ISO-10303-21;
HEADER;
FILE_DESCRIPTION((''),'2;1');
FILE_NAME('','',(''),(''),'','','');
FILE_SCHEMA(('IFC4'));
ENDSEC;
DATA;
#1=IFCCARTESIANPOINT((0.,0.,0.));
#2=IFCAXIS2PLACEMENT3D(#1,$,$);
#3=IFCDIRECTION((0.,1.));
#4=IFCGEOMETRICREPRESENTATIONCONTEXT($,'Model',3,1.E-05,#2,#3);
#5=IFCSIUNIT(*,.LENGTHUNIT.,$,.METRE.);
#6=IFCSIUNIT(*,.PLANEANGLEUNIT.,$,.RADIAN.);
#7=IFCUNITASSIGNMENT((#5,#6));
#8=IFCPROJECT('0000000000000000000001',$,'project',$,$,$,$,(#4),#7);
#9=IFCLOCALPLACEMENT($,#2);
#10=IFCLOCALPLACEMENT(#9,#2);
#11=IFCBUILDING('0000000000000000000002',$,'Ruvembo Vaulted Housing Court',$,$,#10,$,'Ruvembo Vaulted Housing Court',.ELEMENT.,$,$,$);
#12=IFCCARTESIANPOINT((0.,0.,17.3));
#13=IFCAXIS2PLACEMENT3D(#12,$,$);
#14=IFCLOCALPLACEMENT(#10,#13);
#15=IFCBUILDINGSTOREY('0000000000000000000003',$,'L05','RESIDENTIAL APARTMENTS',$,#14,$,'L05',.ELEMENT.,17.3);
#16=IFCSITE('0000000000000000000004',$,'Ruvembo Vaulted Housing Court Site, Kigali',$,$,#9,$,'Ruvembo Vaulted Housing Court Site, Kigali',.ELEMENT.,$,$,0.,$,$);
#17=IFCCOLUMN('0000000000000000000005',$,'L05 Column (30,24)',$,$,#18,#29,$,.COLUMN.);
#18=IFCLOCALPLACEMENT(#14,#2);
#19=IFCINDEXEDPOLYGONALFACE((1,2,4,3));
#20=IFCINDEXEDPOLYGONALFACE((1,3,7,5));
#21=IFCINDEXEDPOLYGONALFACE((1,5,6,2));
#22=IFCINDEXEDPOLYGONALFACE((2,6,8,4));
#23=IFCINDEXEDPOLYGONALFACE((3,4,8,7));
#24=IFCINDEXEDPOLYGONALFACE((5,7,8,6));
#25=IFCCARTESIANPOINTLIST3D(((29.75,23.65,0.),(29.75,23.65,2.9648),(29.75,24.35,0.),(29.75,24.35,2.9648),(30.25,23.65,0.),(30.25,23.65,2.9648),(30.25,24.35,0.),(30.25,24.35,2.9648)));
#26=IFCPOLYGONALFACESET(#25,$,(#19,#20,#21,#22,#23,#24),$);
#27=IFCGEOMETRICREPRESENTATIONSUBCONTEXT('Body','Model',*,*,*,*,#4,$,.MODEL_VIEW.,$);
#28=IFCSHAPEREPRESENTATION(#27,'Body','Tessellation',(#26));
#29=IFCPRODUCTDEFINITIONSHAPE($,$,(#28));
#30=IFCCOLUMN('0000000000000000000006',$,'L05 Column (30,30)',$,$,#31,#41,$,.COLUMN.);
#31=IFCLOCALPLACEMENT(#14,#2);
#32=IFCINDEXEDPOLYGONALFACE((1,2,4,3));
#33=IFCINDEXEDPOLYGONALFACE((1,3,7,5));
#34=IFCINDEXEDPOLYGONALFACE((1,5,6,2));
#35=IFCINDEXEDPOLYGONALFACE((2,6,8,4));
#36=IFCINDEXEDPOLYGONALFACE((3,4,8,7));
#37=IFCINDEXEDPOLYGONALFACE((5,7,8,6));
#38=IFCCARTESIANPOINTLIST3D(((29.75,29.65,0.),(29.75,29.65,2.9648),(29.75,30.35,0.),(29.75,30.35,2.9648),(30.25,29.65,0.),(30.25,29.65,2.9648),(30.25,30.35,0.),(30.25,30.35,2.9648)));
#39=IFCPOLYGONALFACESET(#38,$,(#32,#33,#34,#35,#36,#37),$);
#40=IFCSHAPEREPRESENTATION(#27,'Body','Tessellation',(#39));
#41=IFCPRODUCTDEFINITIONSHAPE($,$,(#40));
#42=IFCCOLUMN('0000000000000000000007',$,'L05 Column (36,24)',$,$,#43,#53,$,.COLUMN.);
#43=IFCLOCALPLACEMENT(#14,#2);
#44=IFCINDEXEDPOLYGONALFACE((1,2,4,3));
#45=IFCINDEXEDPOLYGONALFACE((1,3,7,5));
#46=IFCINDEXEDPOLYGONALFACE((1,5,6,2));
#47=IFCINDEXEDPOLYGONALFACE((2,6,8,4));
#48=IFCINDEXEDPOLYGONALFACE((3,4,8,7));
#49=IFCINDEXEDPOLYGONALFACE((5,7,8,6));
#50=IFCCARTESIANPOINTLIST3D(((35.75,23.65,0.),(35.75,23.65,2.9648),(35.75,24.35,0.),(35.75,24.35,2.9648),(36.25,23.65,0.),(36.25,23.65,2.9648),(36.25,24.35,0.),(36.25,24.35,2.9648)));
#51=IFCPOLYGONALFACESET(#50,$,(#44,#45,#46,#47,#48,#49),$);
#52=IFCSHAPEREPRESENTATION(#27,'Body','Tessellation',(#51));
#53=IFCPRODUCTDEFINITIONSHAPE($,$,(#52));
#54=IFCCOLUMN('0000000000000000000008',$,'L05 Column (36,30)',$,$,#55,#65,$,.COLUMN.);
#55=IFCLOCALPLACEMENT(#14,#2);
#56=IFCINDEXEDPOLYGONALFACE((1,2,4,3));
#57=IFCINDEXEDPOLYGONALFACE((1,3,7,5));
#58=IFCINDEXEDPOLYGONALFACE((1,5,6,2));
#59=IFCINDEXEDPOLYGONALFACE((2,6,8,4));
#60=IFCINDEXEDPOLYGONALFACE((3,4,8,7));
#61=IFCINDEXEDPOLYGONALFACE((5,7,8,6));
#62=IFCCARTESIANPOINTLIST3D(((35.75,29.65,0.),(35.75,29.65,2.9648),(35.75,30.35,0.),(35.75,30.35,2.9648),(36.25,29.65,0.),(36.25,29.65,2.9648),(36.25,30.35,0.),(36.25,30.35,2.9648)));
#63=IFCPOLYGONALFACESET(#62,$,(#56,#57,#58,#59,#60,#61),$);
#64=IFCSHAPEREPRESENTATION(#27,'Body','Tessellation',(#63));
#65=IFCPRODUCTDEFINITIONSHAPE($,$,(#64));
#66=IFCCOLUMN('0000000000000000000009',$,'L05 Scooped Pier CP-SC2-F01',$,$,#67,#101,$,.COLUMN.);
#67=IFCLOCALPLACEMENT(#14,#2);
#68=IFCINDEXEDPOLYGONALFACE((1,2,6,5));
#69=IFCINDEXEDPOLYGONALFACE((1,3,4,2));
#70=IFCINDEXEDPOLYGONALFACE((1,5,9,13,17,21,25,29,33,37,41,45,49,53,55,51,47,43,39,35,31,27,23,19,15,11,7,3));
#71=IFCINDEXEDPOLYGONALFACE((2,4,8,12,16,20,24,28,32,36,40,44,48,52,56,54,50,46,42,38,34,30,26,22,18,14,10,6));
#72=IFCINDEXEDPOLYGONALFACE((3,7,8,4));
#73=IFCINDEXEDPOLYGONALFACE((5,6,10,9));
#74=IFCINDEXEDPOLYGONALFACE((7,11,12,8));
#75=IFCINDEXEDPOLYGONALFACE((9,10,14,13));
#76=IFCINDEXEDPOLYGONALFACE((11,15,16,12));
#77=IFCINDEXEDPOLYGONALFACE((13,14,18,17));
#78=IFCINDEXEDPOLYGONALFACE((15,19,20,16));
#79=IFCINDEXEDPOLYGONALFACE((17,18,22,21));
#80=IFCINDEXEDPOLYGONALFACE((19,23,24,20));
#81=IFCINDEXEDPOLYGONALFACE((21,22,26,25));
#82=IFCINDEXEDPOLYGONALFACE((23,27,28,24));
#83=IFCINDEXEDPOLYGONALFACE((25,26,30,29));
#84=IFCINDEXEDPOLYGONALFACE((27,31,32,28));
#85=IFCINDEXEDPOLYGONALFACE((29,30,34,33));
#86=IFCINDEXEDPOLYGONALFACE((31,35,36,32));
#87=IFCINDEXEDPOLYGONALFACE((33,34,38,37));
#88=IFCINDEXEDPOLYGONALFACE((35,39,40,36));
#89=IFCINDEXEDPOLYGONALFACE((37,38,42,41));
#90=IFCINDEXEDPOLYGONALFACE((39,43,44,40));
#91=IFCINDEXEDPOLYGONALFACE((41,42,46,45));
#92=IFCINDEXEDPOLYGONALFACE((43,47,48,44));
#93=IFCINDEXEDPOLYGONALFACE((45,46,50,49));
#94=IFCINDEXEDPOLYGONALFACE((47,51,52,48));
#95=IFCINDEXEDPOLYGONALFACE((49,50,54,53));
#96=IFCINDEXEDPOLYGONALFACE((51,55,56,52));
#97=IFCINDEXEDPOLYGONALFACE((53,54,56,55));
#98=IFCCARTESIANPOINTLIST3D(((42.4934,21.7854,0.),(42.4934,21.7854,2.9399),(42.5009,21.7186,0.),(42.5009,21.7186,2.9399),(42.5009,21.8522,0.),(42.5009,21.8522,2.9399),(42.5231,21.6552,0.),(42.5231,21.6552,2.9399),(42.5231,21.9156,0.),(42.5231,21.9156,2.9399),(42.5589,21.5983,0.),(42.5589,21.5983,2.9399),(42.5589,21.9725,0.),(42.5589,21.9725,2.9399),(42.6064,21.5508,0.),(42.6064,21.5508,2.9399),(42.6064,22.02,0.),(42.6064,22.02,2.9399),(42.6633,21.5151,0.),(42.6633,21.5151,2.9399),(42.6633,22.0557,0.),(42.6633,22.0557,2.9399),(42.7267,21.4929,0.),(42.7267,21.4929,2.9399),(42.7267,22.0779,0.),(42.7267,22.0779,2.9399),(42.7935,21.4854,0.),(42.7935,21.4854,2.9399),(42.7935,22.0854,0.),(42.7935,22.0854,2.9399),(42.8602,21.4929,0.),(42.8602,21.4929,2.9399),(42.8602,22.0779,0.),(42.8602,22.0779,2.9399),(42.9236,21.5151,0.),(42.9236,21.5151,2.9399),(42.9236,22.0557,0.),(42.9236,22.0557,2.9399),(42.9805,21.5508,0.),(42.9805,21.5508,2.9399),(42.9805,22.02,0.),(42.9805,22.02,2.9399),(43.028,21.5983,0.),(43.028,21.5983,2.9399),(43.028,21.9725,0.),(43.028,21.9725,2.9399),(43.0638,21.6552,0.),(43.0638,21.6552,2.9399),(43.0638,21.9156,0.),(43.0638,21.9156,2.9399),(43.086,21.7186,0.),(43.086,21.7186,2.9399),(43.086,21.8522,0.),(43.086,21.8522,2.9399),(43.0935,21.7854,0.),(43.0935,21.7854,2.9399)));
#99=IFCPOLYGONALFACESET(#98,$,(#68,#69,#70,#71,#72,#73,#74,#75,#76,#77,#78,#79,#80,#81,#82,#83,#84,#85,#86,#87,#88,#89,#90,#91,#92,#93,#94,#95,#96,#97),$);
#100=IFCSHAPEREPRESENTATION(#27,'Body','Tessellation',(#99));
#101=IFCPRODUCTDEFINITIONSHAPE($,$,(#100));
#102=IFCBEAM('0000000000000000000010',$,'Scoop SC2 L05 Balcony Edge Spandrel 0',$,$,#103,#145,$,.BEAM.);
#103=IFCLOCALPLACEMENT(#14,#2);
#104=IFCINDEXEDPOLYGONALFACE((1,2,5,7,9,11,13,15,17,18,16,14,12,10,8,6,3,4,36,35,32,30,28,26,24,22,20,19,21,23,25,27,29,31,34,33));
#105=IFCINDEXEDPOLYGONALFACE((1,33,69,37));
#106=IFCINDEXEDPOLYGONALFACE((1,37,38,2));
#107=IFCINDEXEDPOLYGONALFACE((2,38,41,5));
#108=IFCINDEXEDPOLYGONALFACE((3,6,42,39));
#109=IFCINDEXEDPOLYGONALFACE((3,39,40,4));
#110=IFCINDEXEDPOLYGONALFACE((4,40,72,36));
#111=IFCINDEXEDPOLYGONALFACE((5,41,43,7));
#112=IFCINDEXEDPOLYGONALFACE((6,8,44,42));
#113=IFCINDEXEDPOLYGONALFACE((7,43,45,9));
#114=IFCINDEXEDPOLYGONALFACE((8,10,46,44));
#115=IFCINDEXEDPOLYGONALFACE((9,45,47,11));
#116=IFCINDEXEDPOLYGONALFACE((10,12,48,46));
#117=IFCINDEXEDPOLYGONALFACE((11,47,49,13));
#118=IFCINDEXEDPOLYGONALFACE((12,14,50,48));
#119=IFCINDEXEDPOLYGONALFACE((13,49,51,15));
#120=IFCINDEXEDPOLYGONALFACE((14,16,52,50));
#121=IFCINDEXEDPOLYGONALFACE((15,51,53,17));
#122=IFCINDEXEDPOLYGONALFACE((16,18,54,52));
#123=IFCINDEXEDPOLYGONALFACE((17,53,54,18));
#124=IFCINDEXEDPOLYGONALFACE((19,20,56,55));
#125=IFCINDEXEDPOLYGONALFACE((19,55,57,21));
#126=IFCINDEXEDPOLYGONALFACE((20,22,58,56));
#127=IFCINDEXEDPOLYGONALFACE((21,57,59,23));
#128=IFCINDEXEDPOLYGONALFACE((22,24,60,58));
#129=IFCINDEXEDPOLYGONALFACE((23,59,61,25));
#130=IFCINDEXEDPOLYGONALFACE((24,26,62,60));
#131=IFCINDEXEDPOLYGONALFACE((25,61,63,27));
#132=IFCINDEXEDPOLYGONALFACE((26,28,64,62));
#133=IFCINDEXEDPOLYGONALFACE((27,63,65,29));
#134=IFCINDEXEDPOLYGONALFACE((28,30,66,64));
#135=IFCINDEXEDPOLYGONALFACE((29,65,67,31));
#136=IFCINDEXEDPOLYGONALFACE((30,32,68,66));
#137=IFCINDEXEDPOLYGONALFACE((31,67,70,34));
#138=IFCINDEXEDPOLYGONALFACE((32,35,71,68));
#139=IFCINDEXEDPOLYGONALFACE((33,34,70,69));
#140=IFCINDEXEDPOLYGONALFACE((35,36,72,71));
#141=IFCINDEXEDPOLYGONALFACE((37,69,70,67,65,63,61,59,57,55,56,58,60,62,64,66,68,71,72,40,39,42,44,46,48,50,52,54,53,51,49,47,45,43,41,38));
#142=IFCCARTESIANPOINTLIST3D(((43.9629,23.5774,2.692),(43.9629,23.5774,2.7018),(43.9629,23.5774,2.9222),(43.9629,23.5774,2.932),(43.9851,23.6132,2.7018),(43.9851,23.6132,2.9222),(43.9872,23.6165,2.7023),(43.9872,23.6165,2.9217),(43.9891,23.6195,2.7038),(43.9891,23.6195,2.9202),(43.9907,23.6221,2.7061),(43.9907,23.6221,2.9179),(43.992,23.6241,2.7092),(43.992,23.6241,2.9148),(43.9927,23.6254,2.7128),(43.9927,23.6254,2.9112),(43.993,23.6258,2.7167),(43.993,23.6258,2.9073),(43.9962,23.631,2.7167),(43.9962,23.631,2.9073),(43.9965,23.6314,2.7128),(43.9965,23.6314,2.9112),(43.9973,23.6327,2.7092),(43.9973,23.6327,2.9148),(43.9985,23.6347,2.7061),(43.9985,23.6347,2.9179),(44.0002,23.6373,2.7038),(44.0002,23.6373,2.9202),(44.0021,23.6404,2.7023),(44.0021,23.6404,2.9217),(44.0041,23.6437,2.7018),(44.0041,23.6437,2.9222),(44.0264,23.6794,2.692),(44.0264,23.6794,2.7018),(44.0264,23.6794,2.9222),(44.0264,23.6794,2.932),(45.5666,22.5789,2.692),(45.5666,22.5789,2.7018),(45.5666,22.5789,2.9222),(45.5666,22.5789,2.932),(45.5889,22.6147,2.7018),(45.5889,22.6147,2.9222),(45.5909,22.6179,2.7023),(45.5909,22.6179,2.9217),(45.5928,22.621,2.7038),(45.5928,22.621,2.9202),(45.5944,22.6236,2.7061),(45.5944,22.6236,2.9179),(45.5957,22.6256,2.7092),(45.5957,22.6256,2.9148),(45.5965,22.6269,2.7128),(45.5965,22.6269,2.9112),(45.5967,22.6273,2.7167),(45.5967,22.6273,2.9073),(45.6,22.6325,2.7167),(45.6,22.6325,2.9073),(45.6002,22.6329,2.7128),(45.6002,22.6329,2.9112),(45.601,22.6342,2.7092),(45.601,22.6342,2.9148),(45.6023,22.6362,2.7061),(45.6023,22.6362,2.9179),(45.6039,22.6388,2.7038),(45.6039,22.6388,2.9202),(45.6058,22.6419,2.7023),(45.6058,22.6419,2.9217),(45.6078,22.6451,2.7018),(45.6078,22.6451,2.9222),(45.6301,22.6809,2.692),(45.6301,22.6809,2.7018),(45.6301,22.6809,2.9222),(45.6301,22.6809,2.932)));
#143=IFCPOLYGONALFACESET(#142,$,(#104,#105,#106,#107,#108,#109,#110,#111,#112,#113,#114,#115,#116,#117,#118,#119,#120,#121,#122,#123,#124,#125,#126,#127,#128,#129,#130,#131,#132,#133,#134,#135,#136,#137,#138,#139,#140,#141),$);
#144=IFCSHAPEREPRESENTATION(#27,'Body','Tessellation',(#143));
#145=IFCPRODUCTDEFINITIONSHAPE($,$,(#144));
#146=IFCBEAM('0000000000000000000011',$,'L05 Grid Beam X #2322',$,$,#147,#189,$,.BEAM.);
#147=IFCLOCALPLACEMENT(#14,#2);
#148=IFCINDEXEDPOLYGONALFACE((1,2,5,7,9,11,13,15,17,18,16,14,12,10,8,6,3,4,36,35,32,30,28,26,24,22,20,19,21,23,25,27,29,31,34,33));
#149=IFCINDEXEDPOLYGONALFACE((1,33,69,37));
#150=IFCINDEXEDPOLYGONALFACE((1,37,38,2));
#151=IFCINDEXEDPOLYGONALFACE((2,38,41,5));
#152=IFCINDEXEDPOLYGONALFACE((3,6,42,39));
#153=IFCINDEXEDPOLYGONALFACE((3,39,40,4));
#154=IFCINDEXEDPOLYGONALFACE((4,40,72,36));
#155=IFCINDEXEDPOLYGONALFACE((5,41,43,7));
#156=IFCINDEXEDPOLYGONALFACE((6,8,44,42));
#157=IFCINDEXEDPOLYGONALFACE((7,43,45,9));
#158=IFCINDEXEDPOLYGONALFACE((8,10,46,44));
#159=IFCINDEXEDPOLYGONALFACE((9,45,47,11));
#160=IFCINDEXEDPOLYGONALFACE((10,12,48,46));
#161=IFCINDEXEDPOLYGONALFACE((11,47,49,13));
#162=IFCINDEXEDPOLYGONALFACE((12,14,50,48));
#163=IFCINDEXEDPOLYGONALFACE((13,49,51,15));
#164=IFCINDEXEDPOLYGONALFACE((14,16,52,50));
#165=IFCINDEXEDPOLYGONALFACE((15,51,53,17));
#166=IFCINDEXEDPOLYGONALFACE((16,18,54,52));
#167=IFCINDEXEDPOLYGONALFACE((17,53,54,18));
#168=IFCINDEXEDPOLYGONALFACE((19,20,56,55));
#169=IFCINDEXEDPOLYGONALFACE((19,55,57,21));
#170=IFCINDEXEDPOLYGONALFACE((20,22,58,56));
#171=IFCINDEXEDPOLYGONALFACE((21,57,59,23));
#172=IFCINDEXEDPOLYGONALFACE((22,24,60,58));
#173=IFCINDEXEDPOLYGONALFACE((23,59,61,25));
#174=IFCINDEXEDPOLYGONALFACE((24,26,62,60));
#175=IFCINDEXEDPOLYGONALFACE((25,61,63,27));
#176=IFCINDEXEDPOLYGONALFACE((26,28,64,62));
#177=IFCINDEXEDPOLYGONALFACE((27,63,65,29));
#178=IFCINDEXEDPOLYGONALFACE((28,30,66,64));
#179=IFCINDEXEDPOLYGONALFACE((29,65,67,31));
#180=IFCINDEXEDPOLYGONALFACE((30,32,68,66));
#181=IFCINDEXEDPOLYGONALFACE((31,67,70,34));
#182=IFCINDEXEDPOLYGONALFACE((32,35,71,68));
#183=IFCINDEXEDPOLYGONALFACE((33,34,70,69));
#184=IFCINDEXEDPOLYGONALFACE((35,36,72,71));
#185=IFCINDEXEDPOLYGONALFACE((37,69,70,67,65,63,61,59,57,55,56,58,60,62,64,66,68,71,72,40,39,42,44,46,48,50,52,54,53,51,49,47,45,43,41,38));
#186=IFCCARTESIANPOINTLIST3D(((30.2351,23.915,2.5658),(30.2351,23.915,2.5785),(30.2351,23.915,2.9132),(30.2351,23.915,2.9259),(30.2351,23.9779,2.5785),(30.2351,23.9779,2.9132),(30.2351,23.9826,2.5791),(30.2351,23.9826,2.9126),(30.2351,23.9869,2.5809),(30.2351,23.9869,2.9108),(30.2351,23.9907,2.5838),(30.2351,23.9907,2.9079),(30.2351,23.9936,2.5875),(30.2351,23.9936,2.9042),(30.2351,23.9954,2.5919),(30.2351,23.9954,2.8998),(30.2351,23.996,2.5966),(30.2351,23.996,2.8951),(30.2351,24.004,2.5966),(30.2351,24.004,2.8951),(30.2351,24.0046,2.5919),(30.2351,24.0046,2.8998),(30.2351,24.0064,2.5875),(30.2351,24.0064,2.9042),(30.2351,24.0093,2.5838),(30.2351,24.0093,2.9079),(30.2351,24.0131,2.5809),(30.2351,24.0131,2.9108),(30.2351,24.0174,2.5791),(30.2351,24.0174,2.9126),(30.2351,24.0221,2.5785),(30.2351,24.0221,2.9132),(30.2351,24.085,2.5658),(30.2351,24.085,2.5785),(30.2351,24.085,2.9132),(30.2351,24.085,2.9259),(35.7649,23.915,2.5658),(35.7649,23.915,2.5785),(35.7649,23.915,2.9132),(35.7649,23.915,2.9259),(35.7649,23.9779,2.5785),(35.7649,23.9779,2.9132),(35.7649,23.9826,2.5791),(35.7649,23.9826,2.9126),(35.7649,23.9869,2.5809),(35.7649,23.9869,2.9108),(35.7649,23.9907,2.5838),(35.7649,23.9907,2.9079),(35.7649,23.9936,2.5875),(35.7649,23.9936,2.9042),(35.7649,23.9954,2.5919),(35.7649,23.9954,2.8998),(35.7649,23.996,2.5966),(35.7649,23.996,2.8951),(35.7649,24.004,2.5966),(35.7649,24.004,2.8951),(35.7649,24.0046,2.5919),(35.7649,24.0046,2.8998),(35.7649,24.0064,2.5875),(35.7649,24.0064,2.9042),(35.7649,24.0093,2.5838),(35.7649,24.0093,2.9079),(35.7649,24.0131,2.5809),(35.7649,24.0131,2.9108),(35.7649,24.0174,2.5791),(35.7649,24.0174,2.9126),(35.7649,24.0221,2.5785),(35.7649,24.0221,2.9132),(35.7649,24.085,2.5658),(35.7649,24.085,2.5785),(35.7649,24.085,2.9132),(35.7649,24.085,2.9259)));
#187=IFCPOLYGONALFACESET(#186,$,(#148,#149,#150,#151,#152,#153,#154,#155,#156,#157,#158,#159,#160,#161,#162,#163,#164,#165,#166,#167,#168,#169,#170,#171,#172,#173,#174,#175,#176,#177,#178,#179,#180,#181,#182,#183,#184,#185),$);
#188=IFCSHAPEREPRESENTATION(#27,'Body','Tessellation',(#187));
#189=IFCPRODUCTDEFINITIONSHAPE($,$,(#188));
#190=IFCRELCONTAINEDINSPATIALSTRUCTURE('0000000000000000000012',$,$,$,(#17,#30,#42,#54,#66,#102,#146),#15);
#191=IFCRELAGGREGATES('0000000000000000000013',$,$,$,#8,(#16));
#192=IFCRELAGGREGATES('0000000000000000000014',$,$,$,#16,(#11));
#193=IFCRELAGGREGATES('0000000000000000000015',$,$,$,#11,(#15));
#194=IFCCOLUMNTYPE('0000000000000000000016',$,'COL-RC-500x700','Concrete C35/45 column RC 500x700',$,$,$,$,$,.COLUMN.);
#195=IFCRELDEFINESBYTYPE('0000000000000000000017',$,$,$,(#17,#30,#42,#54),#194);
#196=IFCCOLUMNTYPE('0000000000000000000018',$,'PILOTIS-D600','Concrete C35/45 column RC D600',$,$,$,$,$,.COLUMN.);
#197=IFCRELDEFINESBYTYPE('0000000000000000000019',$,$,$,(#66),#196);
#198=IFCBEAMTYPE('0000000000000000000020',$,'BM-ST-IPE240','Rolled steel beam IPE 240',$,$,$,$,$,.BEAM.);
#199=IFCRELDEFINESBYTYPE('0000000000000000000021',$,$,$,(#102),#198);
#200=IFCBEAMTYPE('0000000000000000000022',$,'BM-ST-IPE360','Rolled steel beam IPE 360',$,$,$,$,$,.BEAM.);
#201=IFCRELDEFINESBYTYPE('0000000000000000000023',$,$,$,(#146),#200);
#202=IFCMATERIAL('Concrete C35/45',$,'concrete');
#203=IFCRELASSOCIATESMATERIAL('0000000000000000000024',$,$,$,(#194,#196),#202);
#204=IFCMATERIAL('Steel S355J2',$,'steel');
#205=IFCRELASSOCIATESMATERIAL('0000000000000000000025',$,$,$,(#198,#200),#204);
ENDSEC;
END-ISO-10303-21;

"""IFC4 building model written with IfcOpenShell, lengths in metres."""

from ifc_helpers import new_model, si_unit, direction, frame, origin, origin_2d, place, context, subcontext, project, spatial, rectangle, circle, i_section, extrude, material, material_profile, profile_set, type_object, element, save


model = new_model("IFC4")

# Units and contexts
model_context = context("Model", 3, precision=1e-05, world=origin(), true_north=direction((0.0, 1.0)))
body_context = subcontext(model_context, "Body", "Model", "MODEL_VIEW")
ifc_project = project(units=[si_unit("LENGTHUNIT", "METRE"), si_unit("PLANEANGLEUNIT", "RADIAN")], contexts=[model_context])

# Site, building, storey
site_placement = place(None, origin())
site = spatial("IfcSite", under=ifc_project, at=site_placement, Name="Ruvembo Vaulted Housing Court Site, Kigali", LongName="Ruvembo Vaulted Housing Court Site, Kigali", CompositionType="ELEMENT", RefElevation=0.0)
building_placement = place(site_placement, origin())
building = spatial("IfcBuilding", under=site, at=building_placement, Name="Ruvembo Vaulted Housing Court", LongName="Ruvembo Vaulted Housing Court", CompositionType="ELEMENT")
storey_placement = place(building_placement, frame((0.0, 0.0, 17.3)))
storey = spatial("IfcBuildingStorey", under=building, at=storey_placement, Name="L05", Description="RESIDENTIAL APARTMENTS", LongName="L05", CompositionType="ELEMENT", Elevation=17.3)

# Columns
ifc_material_1 = material(Name="Concrete C35/45", Category="concrete")
ifc_material_profile_1 = material_profile(ifc_material_1, rectangle(XDim=0.5, YDim=0.7, at=origin_2d()), Name="RC 500x700")
ifc_profile_set_1 = profile_set([ifc_material_profile_1], Name="Concrete C35/45")
column_type_1 = type_object("IfcColumnType", Name="COL-RC-500x700", Description="Concrete C35/45 column RC 500x700", PredefinedType="COLUMN", material=ifc_profile_set_1)
for number, where, z_axis, x_axis, name in (
    (1, (30.0, 24.0, 0.0), (0.0, 0.0, 1.0), (1.0, 0.0, 0.0), "L05 Column (30,24)"),
    (2, (30.0, 30.0, 0.0), (0.0, 0.0, 1.0), (1.0, 0.0, 0.0), "L05 Column (30,30)"),
    (3, (36.0, 24.0, 0.0), (0.0, 0.0, 1.0), (1.0, 0.0, 0.0), "L05 Column (36,24)"),
    (4, (36.0, 30.0, 0.0), (0.0, 0.0, 1.0), (1.0, 0.0, 0.0), "L05 Column (36,30)"),
):
    element("IfcColumn", number, at=place(storey_placement, frame(where, z_axis=z_axis, x_axis=x_axis)), inside=storey, type_object=column_type_1, Name=name, PredefinedType="COLUMN", context=body_context, shape_type="SweptSolid", body=[
        extrude(rectangle(XDim=0.5, YDim=0.7, at=origin_2d()), origin(), (0.0, 0.0, 1.0), 2.9648),
    ])
ifc_material_profile_2 = material_profile(ifc_material_1, circle(Radius=0.3, at=origin_2d()), Name="RC D600")
ifc_profile_set_2 = profile_set([ifc_material_profile_2], Name="Concrete C35/45")
column_type_2 = type_object("IfcColumnType", Name="PILOTIS-D600", Description="Concrete C35/45 column RC D600", PredefinedType="COLUMN", material=ifc_profile_set_2)
column_placement = place(storey_placement, frame((42.7935, 21.7854, 0.0), z_axis=(0.0, 0.0, 1.0), x_axis=(1.0, 0.0, 0.0)))
element("IfcColumn", 5, at=column_placement, inside=storey, type_object=column_type_2, Name="L05 Scooped Pier CP-SC2-F01", PredefinedType="COLUMN", context=body_context, shape_type="SweptSolid", body=[
    extrude(circle(Radius=0.3, at=origin_2d()), origin(), (0.0, 0.0, 1.0), 2.9399),
])

# Beams
ifc_material_2 = material(Name="Steel S355J2", Category="steel")
ifc_material_profile_3 = material_profile(ifc_material_2, i_section(OverallWidth=0.1201, OverallDepth=0.24, WebThickness=0.0061, FlangeThickness=0.0098, FilletRadius=0.0149, at=origin_2d()), Name="IPE 240")
ifc_profile_set_3 = profile_set([ifc_material_profile_3], Name="Steel S355J2")
beam_type_1 = type_object("IfcBeamType", Name="BM-ST-IPE240", Description="Rolled steel beam IPE 240", PredefinedType="BEAM", material=ifc_profile_set_3)
beam_1_placement = place(storey_placement, frame((43.9946, 23.6284, 2.812), z_axis=(0.848905, -0.528546, 0.0), x_axis=(0.528546, 0.848905, 0.0)))
element("IfcBeam", 6, at=beam_1_placement, inside=storey, type_object=beam_type_1, Name="Scoop SC2 L05 Balcony Edge Spandrel 0", PredefinedType="BEAM", context=body_context, shape_type="SweptSolid", body=[
    extrude(i_section(OverallWidth=0.1201, OverallDepth=0.24, WebThickness=0.0061, FlangeThickness=0.0098, FilletRadius=0.0149, at=origin_2d()), origin(), (0.0, 0.0, 1.0), 1.8892),
])
ifc_material_profile_4 = material_profile(ifc_material_2, i_section(OverallWidth=0.1699, OverallDepth=0.3601, WebThickness=0.0081, FlangeThickness=0.0127, FilletRadius=0.0181, at=origin_2d()), Name="IPE 360")
ifc_profile_set_4 = profile_set([ifc_material_profile_4], Name="Steel S355J2")
beam_type_2 = type_object("IfcBeamType", Name="BM-ST-IPE360", Description="Rolled steel beam IPE 360", PredefinedType="BEAM", material=ifc_profile_set_4)
beam_2_placement = place(storey_placement, frame((30.2351, 24.0, 2.7458), z_axis=(1.0, 0.0, 0.0), x_axis=(0.0, 1.0, 0.0)))
element("IfcBeam", 7, at=beam_2_placement, inside=storey, type_object=beam_type_2, Name="L05 Grid Beam X #2322", PredefinedType="BEAM", context=body_context, shape_type="SweptSolid", body=[
    extrude(i_section(OverallWidth=0.1699, OverallDepth=0.3601, WebThickness=0.0081, FlangeThickness=0.0127, FilletRadius=0.0181, at=origin_2d()), origin(), (0.0, 0.0, 1.0), 5.5298),
])

save(model, "model.ifc")
